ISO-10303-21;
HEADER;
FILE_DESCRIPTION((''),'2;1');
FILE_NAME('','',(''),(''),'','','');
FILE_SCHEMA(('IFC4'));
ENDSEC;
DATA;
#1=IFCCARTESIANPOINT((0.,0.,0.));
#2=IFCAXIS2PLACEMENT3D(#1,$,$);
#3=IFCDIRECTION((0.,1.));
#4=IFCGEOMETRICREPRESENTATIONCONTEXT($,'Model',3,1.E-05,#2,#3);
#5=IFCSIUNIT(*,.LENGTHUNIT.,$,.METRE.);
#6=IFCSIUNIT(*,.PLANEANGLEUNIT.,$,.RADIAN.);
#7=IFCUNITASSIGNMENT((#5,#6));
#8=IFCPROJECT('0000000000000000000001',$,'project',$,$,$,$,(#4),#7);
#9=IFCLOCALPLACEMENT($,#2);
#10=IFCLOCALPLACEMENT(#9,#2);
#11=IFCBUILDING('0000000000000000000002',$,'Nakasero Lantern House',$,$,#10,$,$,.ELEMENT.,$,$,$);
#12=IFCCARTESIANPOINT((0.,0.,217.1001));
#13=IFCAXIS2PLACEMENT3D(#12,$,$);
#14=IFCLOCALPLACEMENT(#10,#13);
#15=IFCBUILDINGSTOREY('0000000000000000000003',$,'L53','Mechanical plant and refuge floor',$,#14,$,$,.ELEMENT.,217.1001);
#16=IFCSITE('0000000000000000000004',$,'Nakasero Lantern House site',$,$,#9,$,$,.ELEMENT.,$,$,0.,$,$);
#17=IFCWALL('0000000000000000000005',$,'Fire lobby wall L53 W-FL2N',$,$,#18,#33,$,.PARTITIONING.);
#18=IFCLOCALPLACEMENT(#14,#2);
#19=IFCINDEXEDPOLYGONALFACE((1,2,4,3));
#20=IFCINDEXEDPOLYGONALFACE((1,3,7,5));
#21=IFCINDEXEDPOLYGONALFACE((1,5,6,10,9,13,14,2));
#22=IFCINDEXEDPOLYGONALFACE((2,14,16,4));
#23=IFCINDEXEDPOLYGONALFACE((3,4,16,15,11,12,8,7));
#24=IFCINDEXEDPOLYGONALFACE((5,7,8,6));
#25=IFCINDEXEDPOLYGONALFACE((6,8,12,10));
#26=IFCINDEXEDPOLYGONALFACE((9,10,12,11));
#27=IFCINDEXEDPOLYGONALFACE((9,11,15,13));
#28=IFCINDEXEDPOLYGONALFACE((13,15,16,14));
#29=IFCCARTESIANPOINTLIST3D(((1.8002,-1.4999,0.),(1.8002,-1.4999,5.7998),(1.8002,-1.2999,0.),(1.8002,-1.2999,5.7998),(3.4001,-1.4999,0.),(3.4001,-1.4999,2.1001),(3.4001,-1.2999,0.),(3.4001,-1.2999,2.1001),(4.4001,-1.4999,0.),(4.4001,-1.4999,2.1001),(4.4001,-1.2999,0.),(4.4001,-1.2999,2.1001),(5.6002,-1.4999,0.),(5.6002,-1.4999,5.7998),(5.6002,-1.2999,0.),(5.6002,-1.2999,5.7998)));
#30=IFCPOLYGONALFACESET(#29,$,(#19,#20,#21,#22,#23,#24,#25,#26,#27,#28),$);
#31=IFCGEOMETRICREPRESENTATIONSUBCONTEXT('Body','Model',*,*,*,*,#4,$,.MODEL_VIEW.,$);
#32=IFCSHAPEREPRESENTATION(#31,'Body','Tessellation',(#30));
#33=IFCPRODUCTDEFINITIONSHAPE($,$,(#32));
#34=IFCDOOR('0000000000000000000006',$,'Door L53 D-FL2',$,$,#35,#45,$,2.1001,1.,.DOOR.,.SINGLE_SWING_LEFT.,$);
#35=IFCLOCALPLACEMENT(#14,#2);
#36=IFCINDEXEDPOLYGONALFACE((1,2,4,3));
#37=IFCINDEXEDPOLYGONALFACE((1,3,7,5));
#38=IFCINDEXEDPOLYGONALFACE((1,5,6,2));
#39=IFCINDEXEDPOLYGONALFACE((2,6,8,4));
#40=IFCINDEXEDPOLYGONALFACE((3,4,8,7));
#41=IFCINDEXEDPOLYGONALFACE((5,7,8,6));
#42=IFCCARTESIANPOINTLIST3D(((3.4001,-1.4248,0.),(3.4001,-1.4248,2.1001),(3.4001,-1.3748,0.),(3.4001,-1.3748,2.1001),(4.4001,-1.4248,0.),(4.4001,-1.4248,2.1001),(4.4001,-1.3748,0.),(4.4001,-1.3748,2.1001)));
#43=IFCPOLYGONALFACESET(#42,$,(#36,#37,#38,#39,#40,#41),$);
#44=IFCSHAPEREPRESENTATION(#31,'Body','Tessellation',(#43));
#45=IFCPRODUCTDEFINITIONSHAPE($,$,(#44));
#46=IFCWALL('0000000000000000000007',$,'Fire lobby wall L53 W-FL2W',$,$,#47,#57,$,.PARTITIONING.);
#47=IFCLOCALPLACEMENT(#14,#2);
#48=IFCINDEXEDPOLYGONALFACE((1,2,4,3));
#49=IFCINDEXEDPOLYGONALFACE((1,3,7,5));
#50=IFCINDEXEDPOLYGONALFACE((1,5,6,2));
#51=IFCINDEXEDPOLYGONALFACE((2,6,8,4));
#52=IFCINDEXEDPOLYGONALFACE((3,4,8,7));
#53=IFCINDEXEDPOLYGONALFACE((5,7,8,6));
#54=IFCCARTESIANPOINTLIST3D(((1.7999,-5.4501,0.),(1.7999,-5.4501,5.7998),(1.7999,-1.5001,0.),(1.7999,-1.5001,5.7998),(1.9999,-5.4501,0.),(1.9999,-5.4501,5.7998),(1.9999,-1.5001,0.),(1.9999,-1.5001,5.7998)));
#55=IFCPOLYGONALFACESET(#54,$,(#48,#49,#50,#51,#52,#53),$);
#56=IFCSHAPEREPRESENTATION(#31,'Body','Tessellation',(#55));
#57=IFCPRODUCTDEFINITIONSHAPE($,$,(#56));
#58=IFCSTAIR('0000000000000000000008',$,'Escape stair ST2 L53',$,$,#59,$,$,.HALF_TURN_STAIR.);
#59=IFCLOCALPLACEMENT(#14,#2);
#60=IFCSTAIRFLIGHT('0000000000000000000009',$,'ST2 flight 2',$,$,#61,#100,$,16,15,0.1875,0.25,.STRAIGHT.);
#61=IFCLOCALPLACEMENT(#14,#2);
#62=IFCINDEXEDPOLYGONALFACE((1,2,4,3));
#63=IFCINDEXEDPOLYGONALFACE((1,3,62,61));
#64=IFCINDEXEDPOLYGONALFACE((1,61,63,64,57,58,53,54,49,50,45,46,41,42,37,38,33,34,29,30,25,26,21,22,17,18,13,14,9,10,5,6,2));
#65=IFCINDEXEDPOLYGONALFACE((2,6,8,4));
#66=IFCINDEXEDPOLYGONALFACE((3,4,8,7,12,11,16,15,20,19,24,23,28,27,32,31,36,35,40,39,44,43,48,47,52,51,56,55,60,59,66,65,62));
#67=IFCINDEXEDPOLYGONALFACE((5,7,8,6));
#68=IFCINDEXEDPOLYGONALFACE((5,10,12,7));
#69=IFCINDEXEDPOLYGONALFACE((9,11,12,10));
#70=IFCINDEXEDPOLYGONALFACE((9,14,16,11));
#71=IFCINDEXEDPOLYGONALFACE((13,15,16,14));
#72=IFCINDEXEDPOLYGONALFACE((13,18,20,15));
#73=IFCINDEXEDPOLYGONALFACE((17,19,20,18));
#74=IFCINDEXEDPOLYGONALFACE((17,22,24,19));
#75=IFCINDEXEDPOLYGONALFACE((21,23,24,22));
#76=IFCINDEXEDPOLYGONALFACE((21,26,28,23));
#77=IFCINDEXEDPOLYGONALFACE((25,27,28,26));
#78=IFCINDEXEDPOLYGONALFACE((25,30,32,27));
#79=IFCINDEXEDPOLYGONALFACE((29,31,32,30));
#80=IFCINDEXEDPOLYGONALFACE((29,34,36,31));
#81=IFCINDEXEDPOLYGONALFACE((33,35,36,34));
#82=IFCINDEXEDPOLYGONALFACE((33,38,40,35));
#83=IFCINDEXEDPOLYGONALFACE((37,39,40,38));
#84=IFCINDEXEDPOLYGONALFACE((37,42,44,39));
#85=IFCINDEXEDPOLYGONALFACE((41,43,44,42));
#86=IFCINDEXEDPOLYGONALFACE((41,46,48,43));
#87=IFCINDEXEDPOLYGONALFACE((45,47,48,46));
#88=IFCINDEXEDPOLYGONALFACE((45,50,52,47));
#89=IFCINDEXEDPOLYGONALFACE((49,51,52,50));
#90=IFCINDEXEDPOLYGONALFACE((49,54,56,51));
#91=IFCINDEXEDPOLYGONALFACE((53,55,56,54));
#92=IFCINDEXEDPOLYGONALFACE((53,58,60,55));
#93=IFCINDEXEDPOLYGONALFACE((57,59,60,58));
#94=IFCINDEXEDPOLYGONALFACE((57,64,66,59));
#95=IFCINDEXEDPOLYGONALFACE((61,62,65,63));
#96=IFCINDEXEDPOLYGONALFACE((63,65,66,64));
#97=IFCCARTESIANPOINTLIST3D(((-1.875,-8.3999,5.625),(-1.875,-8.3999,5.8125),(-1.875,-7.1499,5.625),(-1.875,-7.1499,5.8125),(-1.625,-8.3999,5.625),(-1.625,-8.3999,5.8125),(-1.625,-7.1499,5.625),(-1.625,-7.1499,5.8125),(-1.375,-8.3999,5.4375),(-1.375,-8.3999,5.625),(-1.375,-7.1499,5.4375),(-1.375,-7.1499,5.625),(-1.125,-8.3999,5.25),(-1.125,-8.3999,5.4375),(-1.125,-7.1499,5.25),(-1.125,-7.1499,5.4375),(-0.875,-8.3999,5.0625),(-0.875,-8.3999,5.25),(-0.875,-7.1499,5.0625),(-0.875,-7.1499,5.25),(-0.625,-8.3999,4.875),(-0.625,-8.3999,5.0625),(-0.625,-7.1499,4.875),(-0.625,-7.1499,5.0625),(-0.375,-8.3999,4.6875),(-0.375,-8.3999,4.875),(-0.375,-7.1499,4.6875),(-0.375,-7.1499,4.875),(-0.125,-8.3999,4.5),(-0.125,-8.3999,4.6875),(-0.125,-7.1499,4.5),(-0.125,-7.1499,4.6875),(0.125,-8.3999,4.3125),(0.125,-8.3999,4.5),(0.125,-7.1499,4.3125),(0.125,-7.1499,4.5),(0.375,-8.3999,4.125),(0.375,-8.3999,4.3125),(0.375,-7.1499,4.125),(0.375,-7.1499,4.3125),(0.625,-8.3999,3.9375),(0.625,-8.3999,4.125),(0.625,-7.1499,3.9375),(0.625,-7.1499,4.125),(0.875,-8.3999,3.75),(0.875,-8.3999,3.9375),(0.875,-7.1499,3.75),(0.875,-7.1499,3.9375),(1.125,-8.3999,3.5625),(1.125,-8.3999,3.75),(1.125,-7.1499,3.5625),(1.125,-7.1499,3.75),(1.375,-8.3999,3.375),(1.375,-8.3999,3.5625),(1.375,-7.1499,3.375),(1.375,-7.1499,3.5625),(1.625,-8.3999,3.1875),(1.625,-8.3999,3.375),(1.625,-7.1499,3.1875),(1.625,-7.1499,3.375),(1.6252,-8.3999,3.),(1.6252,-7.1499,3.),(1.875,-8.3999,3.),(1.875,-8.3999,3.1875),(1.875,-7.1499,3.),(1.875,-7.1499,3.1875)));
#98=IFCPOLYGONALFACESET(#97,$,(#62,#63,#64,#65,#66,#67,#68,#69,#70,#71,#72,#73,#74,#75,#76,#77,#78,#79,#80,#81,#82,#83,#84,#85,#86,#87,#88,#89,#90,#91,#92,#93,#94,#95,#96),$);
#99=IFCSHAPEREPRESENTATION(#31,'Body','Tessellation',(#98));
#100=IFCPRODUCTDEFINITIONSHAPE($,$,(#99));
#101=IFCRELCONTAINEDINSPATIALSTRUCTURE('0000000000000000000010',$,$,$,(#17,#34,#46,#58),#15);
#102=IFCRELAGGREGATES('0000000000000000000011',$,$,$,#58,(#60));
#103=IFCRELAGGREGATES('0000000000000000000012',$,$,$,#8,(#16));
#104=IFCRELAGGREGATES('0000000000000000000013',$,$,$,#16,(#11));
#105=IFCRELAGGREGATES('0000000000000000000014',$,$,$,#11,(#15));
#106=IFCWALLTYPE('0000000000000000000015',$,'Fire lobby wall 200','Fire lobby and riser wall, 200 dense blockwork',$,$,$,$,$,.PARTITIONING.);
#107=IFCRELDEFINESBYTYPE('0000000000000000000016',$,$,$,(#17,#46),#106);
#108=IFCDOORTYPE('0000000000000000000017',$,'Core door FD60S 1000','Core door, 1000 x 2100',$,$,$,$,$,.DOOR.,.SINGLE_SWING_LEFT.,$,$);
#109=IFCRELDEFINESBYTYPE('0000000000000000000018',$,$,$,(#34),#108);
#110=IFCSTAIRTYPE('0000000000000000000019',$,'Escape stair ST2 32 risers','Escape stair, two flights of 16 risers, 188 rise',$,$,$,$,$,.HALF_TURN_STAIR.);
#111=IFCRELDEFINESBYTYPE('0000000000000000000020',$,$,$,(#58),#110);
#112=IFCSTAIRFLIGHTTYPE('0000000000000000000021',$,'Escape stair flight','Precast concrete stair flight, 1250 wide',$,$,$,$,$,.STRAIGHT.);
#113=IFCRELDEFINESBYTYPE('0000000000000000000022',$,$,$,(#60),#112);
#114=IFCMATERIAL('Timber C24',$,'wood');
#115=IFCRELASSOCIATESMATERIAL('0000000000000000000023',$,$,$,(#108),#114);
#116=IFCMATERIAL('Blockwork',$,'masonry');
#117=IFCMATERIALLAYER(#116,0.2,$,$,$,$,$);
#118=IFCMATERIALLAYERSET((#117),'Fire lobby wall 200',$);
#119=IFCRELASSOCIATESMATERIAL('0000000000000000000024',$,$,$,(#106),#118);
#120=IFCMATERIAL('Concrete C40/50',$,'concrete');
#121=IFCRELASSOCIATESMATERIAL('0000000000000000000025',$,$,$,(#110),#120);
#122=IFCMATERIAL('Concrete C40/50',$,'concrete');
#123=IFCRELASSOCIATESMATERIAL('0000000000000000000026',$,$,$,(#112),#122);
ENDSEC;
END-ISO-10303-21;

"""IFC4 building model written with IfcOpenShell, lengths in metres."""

from ifc_helpers import new_model, si_unit, direction, frame, frame_2d, origin, place, context, subcontext, project, spatial, polyline, rectangle, outline, extrude, material, layer, layer_set, type_object, element, fill, aggregate, save


model = new_model("IFC4")

# Units and contexts
model_context = context("Model", 3, precision=1e-05, world=origin(), true_north=direction((0.0, 1.0)))
body_context = subcontext(model_context, "Body", "Model", "MODEL_VIEW")
ifc_project = project(units=[si_unit("LENGTHUNIT", "METRE"), si_unit("PLANEANGLEUNIT", "RADIAN")], contexts=[model_context])

# Site, building, storey
site_placement = place(None, origin())
site = spatial("IfcSite", under=ifc_project, at=site_placement, Name="Nakasero Lantern House site", CompositionType="ELEMENT", RefElevation=0.0)
building_placement = place(site_placement, origin())
building = spatial("IfcBuilding", under=site, at=building_placement, Name="Nakasero Lantern House", CompositionType="ELEMENT")
storey_placement = place(building_placement, frame((0.0, 0.0, 217.1001)))
storey = spatial("IfcBuildingStorey", under=building, at=storey_placement, Name="L53", Description="Mechanical plant and refuge floor", CompositionType="ELEMENT", Elevation=217.1001)

# Shared definitions
ifc_material_1 = material(Name="Timber C24", Category="wood")
door_type_1 = type_object("IfcDoorType", Name="Core door FD60S 1000", Description="Core door, 1000 x 2100", OperationType="SINGLE_SWING_LEFT", PredefinedType="DOOR", material=ifc_material_1)

# Wall, opening, door
ifc_material_2 = material(Name="Blockwork", Category="masonry")
ifc_layer_1 = layer(ifc_material_2, 0.2)
ifc_layer_set_1 = layer_set([ifc_layer_1], Name="Fire lobby wall 200")
wall_type_1 = type_object("IfcWallType", Name="Fire lobby wall 200", Description="Fire lobby and riser wall, 200 dense blockwork", PredefinedType="PARTITIONING", material=ifc_layer_set_1)
wall_1_placement = place(storey_placement, frame((5.6001, -1.3999, 0.0), z_axis=(0.0, 0.0, 1.0), x_axis=(-1.0, 0.0, 0.0)))
wall_1 = element("IfcWall", 1, at=wall_1_placement, inside=storey, type_object=wall_type_1, Name="Fire lobby wall L53 W-FL2N", PredefinedType="PARTITIONING", context=body_context, shape_type="SweptSolid", body=[
    extrude(rectangle(XDim=3.8, YDim=0.2, at=frame_2d((1.8999, 0.0))), origin(), (0.0, 0.0, 1.0), 5.7998),
])
opening_1_placement = place(wall_1_placement, frame((1.2, 0.0, 0.0)))
opening_1 = element("IfcOpeningElement", 2, at=opening_1_placement, cuts=wall_1, PredefinedType="OPENING", context=body_context, shape_type="SweptSolid", body=[
    extrude(rectangle(XDim=1.0, YDim=2.1001, at=frame_2d((0.5, 1.05))), frame((0.0, 0.1199, 0.0), z_axis=(0.0, -1.0, 0.0), x_axis=(1.0, 0.0, 0.0)), (0.0, 0.0, 1.0), 0.24),
])
door_1_placement = place(opening_1_placement, origin())
door_1 = element("IfcDoor", 3, at=door_1_placement, inside=storey, type_object=door_type_1, Name="Door L53 D-FL2", OperationType="SINGLE_SWING_LEFT", OverallHeight=2.1001, OverallWidth=1.0, PredefinedType="DOOR", context=body_context, shape_type="SweptSolid", body=[
    extrude(rectangle(XDim=1.0, YDim=2.1001, at=frame_2d((0.5, 1.05))), frame((0.0, 0.0249, 0.0), z_axis=(0.0, -1.0, 0.0), x_axis=(1.0, 0.0, 0.0)), (0.0, 0.0, 1.0), 0.05),
])
fill(opening_1, door_1)

# Wall
wall_2_placement = place(storey_placement, frame((1.8999, -1.5, 0.0), z_axis=(0.0, 0.0, 1.0), x_axis=(0.0, -1.0, 0.0)))
element("IfcWall", 4, at=wall_2_placement, inside=storey, type_object=wall_type_1, Name="Fire lobby wall L53 W-FL2W", PredefinedType="PARTITIONING", context=body_context, shape_type="SweptSolid", body=[
    extrude(rectangle(XDim=3.95, YDim=0.2, at=frame_2d((1.9751, 0.0))), origin(), (0.0, 0.0, 1.0), 5.7998),
])

# Stair, stair flight
ifc_material_3 = material(Name="Concrete C40/50", Category="concrete")
stair_type_1 = type_object("IfcStairType", Name="Escape stair ST2 32 risers", Description="Escape stair, two flights of 16 risers, 188 rise", PredefinedType="HALF_TURN_STAIR", material=ifc_material_3)
stair_1_placement = place(storey_placement, origin())
stair_1 = element("IfcStair", 5, at=stair_1_placement, inside=storey, type_object=stair_type_1, Name="Escape stair ST2 L53", PredefinedType="HALF_TURN_STAIR")
ifc_material_4 = material(Name="Concrete C40/50", Category="concrete")
stair_flight_type = type_object("IfcStairFlightType", Name="Escape stair flight", Description="Precast concrete stair flight, 1250 wide", PredefinedType="STRAIGHT", material=ifc_material_4)
stair_flight_placement = place(storey_placement, frame((1.875, -7.7749, 3.0), z_axis=(0.0, 0.0, 1.0), x_axis=(-1.0, 0.0, 0.0)))
stair_flight = element("IfcStairFlight", 6, at=stair_flight_placement, type_object=stair_flight_type, Name="ST2 flight 2", NumberOfRisers=16, NumberOfTreads=15, PredefinedType="STRAIGHT", RiserHeight=0.1875, TreadLength=0.25, context=body_context, shape_type="SweptSolid", body=[
    extrude(outline(polyline([(0.0, 0.0), (0.0, 0.1875), (0.25, 0.1875), (0.25, 0.375), (0.5, 0.375), (0.5, 0.5625), (0.75, 0.5625), (0.75, 0.75), (1.0, 0.75), (1.0, 0.9375), (1.25, 0.9375), (1.25, 1.125), (1.5, 1.125), (1.5, 1.3125), (1.75, 1.3125), (1.75, 1.5), (2.0, 1.5), (2.0, 1.6875), (2.25, 1.6875), (2.25, 1.875), (2.5, 1.875), (2.5, 2.0625), (2.75, 2.0625), (2.75, 2.25), (3.0, 2.25), (3.0, 2.4375), (3.25, 2.4375), (3.25, 2.625), (3.5, 2.625), (3.5, 2.8125), (3.75, 2.8125), (3.75, 3.0), (3.75, 2.625), (0.2498, 0.0), (0.0, 0.0)])), frame((0.0, 0.625, 0.0), z_axis=(0.0, -1.0, 0.0), x_axis=(1.0, 0.0, 0.0)), (0.0, 0.0, 1.0), 1.25),
])
aggregate(stair_1, [stair_flight])

save(model, "model.ifc")
